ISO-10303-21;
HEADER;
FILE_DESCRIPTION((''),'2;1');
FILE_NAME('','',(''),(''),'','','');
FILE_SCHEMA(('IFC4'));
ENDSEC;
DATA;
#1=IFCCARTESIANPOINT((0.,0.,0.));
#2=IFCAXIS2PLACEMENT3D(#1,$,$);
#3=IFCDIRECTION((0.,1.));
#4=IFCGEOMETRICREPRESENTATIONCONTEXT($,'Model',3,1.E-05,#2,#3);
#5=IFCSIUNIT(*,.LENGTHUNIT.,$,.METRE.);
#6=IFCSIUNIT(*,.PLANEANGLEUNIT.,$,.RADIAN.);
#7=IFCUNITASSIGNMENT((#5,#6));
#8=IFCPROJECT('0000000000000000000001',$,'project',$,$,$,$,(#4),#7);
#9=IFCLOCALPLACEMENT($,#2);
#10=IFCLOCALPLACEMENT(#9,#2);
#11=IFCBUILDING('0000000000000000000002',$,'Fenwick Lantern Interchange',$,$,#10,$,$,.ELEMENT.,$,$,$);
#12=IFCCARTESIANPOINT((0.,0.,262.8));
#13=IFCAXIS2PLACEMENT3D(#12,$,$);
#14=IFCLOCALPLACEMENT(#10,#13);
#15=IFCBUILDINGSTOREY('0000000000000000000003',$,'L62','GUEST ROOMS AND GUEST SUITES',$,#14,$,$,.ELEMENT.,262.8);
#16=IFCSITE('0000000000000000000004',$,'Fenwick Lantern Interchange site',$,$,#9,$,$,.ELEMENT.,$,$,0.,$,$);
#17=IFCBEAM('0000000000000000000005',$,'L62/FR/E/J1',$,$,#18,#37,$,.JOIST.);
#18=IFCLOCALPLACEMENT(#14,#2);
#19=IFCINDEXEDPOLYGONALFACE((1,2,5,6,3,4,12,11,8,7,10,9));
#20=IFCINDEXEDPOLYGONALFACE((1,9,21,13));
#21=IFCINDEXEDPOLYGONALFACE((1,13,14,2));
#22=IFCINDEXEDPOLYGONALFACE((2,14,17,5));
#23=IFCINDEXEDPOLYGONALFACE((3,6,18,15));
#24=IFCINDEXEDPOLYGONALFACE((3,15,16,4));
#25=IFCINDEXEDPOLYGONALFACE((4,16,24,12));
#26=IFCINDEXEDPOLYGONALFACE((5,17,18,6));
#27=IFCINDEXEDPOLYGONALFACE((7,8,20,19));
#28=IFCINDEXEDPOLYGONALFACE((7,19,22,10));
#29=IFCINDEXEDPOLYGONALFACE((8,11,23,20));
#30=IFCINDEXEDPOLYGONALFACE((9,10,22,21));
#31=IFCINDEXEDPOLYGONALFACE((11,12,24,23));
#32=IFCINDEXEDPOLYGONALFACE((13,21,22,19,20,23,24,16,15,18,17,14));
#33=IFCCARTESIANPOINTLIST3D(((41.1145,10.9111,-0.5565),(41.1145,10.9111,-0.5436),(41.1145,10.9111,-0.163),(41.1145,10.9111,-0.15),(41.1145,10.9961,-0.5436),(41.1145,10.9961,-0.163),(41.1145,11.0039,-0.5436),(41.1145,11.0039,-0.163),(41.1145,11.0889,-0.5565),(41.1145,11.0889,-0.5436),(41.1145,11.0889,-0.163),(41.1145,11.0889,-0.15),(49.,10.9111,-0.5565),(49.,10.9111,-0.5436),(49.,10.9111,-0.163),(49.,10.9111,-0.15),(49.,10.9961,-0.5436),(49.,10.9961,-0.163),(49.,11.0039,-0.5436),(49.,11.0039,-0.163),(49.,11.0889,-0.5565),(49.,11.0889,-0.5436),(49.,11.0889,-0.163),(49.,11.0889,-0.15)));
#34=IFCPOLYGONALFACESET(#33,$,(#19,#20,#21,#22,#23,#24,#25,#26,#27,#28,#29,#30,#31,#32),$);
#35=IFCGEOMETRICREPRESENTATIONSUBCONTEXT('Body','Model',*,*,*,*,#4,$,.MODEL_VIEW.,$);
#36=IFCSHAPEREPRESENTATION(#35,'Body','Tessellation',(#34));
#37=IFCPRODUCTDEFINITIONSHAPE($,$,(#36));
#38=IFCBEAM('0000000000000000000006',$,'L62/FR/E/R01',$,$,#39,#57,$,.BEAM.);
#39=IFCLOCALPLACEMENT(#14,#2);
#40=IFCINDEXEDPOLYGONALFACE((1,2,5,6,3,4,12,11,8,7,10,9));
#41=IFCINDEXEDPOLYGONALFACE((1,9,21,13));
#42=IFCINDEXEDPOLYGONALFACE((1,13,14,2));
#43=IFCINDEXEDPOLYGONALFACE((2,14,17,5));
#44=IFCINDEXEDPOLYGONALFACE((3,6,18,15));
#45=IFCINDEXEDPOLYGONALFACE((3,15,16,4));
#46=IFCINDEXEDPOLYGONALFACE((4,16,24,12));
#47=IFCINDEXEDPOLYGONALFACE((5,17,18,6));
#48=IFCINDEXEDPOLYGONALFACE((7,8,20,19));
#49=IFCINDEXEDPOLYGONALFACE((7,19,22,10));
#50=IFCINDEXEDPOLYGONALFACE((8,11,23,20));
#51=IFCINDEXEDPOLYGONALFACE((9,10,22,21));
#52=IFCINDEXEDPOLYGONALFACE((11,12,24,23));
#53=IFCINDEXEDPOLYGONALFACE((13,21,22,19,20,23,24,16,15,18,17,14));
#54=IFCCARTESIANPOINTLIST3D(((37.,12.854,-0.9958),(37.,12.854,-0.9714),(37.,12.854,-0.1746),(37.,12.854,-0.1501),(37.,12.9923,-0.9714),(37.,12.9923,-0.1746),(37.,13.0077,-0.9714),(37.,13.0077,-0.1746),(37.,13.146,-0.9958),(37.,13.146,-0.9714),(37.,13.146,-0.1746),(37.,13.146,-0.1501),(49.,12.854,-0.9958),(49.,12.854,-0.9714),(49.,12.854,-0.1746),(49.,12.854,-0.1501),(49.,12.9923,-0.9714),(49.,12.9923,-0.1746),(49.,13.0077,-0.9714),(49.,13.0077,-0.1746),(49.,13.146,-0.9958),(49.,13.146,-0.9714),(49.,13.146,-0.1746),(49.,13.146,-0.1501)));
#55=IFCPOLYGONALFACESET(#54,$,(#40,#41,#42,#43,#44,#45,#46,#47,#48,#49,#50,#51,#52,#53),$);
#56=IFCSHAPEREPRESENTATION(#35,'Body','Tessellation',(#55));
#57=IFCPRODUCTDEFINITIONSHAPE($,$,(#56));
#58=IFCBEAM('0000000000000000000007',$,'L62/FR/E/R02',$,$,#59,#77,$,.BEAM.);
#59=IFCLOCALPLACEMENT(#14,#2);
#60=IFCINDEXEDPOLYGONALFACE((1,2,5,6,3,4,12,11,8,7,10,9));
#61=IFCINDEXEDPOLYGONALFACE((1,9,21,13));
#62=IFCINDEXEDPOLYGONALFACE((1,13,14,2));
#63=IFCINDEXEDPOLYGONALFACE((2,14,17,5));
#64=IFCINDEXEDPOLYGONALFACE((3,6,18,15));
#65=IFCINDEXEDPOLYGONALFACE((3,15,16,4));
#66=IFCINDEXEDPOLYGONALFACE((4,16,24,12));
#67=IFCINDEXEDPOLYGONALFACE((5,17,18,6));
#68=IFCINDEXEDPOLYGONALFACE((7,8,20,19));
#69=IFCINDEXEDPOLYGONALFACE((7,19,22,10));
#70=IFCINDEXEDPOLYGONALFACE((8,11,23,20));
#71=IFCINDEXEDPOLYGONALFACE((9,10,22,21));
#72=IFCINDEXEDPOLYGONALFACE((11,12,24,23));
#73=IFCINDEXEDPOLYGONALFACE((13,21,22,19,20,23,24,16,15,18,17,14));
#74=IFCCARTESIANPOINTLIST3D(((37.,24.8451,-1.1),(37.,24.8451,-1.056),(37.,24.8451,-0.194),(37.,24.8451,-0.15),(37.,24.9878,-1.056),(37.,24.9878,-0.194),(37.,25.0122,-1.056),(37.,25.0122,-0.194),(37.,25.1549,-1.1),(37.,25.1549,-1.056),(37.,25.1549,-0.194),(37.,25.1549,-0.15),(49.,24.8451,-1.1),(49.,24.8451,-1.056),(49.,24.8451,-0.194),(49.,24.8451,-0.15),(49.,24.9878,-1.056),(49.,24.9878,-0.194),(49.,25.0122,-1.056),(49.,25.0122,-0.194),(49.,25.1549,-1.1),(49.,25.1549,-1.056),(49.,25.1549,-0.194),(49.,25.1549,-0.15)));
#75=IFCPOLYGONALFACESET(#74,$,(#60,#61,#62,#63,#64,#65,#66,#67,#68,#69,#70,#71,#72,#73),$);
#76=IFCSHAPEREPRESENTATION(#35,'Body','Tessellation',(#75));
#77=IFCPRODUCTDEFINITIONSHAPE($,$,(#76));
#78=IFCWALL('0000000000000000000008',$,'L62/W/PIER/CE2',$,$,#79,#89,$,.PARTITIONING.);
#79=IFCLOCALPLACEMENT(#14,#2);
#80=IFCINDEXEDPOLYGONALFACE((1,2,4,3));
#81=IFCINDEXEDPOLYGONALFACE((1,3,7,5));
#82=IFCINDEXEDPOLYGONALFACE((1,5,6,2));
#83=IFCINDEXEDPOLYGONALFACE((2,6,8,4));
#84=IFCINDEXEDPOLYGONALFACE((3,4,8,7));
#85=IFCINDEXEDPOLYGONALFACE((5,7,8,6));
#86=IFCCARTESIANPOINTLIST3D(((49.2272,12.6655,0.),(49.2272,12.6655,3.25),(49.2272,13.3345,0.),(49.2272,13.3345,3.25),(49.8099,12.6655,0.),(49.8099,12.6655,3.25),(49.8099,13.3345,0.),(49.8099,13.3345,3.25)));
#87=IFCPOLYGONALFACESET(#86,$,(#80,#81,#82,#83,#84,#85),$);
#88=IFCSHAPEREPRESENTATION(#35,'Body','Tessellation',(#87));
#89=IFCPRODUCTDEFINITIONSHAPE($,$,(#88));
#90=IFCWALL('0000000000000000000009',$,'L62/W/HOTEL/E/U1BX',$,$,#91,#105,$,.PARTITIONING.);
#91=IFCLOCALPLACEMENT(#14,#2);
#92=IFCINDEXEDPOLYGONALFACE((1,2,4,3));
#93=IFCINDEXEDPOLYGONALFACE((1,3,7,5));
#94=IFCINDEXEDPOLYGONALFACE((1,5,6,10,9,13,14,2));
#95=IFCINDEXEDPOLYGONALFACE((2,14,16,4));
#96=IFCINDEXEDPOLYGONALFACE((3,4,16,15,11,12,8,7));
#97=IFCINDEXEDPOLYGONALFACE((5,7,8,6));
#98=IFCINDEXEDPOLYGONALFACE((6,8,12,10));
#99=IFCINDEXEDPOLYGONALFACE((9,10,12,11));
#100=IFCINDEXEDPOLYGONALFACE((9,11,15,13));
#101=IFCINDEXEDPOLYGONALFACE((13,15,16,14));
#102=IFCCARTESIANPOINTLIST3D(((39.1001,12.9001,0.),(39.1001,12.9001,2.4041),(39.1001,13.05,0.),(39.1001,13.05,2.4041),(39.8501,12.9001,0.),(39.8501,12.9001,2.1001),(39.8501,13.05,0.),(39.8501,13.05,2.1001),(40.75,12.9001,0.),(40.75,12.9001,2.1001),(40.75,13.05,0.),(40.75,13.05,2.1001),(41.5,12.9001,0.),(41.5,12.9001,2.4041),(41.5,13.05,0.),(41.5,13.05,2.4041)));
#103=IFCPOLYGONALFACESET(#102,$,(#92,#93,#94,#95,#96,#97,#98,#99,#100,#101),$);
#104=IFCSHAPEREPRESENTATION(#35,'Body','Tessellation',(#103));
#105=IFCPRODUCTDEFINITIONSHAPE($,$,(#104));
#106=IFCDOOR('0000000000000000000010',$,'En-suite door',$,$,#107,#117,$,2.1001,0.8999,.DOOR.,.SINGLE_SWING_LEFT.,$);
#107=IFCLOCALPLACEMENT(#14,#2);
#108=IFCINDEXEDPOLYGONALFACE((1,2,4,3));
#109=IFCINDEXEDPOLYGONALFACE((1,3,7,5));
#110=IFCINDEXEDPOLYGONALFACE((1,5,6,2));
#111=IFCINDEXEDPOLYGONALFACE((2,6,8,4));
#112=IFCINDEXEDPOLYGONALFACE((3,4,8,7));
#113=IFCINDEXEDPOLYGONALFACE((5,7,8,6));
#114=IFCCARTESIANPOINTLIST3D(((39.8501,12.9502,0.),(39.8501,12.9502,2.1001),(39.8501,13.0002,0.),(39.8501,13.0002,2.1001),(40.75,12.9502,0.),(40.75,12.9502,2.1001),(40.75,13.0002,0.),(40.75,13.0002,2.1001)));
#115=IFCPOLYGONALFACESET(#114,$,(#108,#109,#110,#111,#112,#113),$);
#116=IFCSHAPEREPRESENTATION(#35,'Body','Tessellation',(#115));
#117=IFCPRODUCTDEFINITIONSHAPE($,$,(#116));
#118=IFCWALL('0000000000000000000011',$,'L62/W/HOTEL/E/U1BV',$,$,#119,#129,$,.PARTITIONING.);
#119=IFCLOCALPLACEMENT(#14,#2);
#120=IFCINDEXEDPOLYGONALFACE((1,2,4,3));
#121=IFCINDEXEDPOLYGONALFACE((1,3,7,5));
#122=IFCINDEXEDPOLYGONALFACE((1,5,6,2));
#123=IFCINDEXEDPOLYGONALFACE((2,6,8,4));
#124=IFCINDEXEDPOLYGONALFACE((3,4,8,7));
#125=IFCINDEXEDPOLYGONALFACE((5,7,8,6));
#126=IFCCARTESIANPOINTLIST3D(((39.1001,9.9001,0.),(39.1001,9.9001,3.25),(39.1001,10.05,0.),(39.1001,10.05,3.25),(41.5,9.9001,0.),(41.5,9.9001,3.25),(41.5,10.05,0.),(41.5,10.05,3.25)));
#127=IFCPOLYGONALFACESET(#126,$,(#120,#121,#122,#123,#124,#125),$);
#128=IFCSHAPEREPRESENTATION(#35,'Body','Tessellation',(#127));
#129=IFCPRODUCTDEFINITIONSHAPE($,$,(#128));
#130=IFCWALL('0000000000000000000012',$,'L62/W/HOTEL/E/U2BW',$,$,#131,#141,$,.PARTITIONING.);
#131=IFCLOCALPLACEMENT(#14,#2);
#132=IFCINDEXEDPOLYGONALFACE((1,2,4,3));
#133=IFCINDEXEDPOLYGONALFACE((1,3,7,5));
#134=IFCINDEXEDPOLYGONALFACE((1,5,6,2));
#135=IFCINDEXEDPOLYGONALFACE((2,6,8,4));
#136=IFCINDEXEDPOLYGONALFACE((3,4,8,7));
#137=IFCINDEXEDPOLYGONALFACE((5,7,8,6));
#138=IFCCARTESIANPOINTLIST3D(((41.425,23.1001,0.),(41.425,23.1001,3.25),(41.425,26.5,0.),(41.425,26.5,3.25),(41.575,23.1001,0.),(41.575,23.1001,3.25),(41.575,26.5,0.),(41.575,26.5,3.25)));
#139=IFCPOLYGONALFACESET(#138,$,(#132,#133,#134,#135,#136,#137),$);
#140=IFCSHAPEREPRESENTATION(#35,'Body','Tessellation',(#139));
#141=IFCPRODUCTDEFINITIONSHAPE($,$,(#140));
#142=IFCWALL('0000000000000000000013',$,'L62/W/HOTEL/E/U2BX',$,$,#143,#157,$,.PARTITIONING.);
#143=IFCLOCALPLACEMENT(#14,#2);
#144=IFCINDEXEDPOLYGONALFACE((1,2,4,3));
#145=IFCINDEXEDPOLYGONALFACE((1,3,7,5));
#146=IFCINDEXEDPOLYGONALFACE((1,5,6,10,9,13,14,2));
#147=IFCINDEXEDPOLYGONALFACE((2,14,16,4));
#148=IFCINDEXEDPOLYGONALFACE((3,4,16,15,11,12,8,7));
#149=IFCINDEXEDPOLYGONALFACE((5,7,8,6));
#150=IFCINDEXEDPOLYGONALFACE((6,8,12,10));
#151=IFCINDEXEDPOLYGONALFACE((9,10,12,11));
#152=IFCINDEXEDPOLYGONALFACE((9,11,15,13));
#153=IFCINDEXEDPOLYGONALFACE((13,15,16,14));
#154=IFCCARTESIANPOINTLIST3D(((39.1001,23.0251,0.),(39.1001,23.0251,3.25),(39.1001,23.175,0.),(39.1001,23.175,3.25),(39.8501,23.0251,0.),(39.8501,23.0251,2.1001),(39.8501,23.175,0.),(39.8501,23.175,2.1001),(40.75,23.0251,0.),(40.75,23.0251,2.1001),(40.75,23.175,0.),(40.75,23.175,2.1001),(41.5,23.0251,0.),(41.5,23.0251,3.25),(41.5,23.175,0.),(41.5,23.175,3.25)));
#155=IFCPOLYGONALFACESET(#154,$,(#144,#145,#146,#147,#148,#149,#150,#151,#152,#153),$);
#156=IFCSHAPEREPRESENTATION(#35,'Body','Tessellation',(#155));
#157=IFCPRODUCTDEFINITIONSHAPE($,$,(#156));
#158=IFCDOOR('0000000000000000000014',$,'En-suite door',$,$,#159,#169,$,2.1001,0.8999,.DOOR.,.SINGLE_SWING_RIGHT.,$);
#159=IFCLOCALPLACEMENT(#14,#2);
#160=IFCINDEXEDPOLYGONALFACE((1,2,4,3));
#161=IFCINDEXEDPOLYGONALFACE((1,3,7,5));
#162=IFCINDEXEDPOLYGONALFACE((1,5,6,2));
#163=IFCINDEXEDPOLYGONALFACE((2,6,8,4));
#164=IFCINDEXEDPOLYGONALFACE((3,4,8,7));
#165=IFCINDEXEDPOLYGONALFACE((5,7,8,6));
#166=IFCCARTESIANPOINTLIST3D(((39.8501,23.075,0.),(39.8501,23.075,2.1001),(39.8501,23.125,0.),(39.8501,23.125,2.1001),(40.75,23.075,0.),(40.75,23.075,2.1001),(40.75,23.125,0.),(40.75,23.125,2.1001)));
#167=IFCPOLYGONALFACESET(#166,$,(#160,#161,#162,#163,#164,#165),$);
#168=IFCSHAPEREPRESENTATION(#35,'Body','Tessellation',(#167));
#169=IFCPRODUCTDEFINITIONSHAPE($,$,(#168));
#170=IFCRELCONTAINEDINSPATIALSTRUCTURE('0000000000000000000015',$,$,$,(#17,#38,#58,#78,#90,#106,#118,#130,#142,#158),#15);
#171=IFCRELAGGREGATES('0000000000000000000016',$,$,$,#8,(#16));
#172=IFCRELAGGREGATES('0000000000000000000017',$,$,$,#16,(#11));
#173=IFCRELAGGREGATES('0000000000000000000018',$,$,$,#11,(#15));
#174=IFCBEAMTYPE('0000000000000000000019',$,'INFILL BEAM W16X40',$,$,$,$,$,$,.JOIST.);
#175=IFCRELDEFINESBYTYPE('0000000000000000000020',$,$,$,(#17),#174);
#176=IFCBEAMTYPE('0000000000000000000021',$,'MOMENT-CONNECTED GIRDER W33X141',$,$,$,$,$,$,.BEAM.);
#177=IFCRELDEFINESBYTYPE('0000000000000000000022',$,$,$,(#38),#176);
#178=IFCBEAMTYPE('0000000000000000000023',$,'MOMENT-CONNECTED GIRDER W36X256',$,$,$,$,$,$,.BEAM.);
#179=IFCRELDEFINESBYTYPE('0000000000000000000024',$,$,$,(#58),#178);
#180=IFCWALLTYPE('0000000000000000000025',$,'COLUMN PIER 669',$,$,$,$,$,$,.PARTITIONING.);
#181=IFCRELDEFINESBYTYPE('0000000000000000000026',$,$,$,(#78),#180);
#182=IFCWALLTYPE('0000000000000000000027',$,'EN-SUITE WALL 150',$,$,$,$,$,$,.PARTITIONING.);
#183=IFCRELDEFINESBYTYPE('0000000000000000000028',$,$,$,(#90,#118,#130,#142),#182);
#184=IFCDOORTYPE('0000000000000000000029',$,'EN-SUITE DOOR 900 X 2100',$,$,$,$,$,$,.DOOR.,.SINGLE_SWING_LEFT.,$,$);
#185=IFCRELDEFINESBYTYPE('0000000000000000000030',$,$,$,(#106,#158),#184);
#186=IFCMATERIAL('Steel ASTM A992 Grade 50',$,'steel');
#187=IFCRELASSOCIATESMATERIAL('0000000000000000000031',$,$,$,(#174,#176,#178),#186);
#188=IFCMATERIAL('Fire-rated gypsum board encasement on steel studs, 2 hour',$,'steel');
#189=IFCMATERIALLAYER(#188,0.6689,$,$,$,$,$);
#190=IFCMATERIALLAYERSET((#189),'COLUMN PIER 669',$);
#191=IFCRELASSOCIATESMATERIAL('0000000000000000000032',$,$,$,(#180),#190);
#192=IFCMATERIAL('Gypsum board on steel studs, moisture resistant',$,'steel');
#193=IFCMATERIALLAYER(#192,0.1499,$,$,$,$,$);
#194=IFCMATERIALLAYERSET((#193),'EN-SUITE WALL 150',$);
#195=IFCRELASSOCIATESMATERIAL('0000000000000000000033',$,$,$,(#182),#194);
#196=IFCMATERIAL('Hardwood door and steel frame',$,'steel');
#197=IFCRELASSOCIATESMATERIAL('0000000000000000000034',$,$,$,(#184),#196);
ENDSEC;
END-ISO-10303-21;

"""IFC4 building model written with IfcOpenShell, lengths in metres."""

from ifc_helpers import new_model, si_unit, direction, frame, frame_2d, origin, origin_2d, place, context, subcontext, project, spatial, rectangle, i_section, extrude, material, layer, layer_set, material_profile, profile_set, type_object, element, fill, save


model = new_model("IFC4")

# Units and contexts
model_context = context("Model", 3, precision=1e-05, world=origin(), true_north=direction((0.0, 1.0)))
body_context = subcontext(model_context, "Body", "Model", "MODEL_VIEW")
ifc_project = project(units=[si_unit("LENGTHUNIT", "METRE"), si_unit("PLANEANGLEUNIT", "RADIAN")], contexts=[model_context])

# Site, building, storey
site_placement = place(None, origin())
site = spatial("IfcSite", under=ifc_project, at=site_placement, Name="Fenwick Lantern Interchange site", CompositionType="ELEMENT", RefElevation=0.0)
building_placement = place(site_placement, origin())
building = spatial("IfcBuilding", under=site, at=building_placement, Name="Fenwick Lantern Interchange", CompositionType="ELEMENT")
storey_placement = place(building_placement, frame((0.0, 0.0, 262.8)))
storey = spatial("IfcBuildingStorey", under=building, at=storey_placement, Name="L62", Description="GUEST ROOMS AND GUEST SUITES", CompositionType="ELEMENT", Elevation=262.8)

# Shared definitions
ifc_material_1 = material(Name="Steel ASTM A992 Grade 50", Category="steel")

# Beams
ifc_material_profile_1 = material_profile(ifc_material_1, i_section(OverallWidth=0.1777, OverallDepth=0.4065, WebThickness=0.0078, FlangeThickness=0.0129, at=origin_2d()), Name="W16X40")
ifc_profile_set_1 = profile_set([ifc_material_profile_1], Name="Steel ASTM A992 Grade 50")
beam_type_1 = type_object("IfcBeamType", Name="INFILL BEAM W16X40", PredefinedType="JOIST", material=ifc_profile_set_1)
beam_1_placement = place(storey_placement, frame((49.0, 11.0, -0.3533), z_axis=(-1.0, 0.0, 0.0), x_axis=(0.0, -1.0, 0.0)))
element("IfcBeam", 1, at=beam_1_placement, inside=storey, type_object=beam_type_1, Name="L62/FR/E/J1", PredefinedType="JOIST", context=body_context, shape_type="SweptSolid", body=[
    extrude(i_section(OverallWidth=0.1777, OverallDepth=0.4065, WebThickness=0.0078, FlangeThickness=0.0129, at=origin_2d()), origin(), (0.0, 0.0, 1.0), 7.8855),
])
ifc_material_profile_2 = material_profile(ifc_material_1, i_section(OverallWidth=0.292, OverallDepth=0.8457, WebThickness=0.0154, FlangeThickness=0.0244, at=origin_2d()), Name="W33X141")
ifc_profile_set_2 = profile_set([ifc_material_profile_2], Name="Steel ASTM A992 Grade 50")
beam_type_2 = type_object("IfcBeamType", Name="MOMENT-CONNECTED GIRDER W33X141", PredefinedType="BEAM", material=ifc_profile_set_2)
beam_2_placement = place(storey_placement, frame((49.0, 13.0, -0.573), z_axis=(-1.0, 0.0, 0.0), x_axis=(0.0, -1.0, 0.0)))
element("IfcBeam", 2, at=beam_2_placement, inside=storey, type_object=beam_type_2, Name="L62/FR/E/R01", PredefinedType="BEAM", context=body_context, shape_type="SweptSolid", body=[
    extrude(i_section(OverallWidth=0.292, OverallDepth=0.8457, WebThickness=0.0154, FlangeThickness=0.0244, at=origin_2d()), origin(), (0.0, 0.0, 1.0), 12.0),
])
ifc_material_profile_3 = material_profile(ifc_material_1, i_section(OverallWidth=0.3098, OverallDepth=0.95, WebThickness=0.0244, FlangeThickness=0.0439, at=origin_2d()), Name="W36X256")
ifc_profile_set_3 = profile_set([ifc_material_profile_3], Name="Steel ASTM A992 Grade 50")
beam_type_3 = type_object("IfcBeamType", Name="MOMENT-CONNECTED GIRDER W36X256", PredefinedType="BEAM", material=ifc_profile_set_3)
beam_3_placement = place(storey_placement, frame((49.0, 25.0, -0.625), z_axis=(-1.0, 0.0, 0.0), x_axis=(0.0, -1.0, 0.0)))
element("IfcBeam", 3, at=beam_3_placement, inside=storey, type_object=beam_type_3, Name="L62/FR/E/R02", PredefinedType="BEAM", context=body_context, shape_type="SweptSolid", body=[
    extrude(i_section(OverallWidth=0.3098, OverallDepth=0.95, WebThickness=0.0244, FlangeThickness=0.0439, at=origin_2d()), origin(), (0.0, 0.0, 1.0), 12.0),
])

# Wall
ifc_material_2 = material(Name="Fire-rated gypsum board encasement on steel studs, 2 hour", Category="steel")
ifc_layer_1 = layer(ifc_material_2, 0.6689)
ifc_layer_set_1 = layer_set([ifc_layer_1], Name="COLUMN PIER 669")
wall_type_1 = type_object("IfcWallType", Name="COLUMN PIER 669", PredefinedType="PARTITIONING", material=ifc_layer_set_1)
wall_1_placement = place(storey_placement, frame((49.8101, 13.0, 0.0), z_axis=(0.0, 0.0, 1.0), x_axis=(-1.0, 0.0, 0.0)))
element("IfcWall", 4, at=wall_1_placement, inside=storey, type_object=wall_type_1, Name="L62/W/PIER/CE2", PredefinedType="PARTITIONING", context=body_context, shape_type="SweptSolid", body=[
    extrude(rectangle(XDim=0.5828, YDim=0.6689, at=frame_2d((0.2915, 0.0))), origin(), (0.0, 0.0, 1.0), 3.25),
])

# Wall, opening, door
ifc_material_3 = material(Name="Gypsum board on steel studs, moisture resistant", Category="steel")
ifc_layer_2 = layer(ifc_material_3, 0.1499)
ifc_layer_set_2 = layer_set([ifc_layer_2], Name="EN-SUITE WALL 150")
wall_type_2 = type_object("IfcWallType", Name="EN-SUITE WALL 150", PredefinedType="PARTITIONING", material=ifc_layer_set_2)
wall_2_placement = place(storey_placement, frame((41.5, 12.9751, 0.0), z_axis=(0.0, 0.0, 1.0), x_axis=(-1.0, 0.0, 0.0)))
wall_2 = element("IfcWall", 5, at=wall_2_placement, inside=storey, type_object=wall_type_2, Name="L62/W/HOTEL/E/U1BX", PredefinedType="PARTITIONING", context=body_context, shape_type="SweptSolid", body=[
    extrude(rectangle(XDim=2.3999, YDim=0.1499, at=frame_2d((1.2, 0.0))), origin(), (0.0, 0.0, 1.0), 2.4041),
])
opening_1_placement = place(wall_2_placement, frame((0.75, 0.0, 0.0)))
opening_1 = element("IfcOpeningElement", 6, at=opening_1_placement, cuts=wall_2, PredefinedType="OPENING", context=body_context, shape_type="SweptSolid", body=[
    extrude(rectangle(XDim=0.8999, YDim=2.1001, at=frame_2d((0.45, 1.05))), frame((0.0, 0.085, 0.0), z_axis=(0.0, -1.0, 0.0), x_axis=(1.0, 0.0, 0.0)), (0.0, 0.0, 1.0), 0.1699),
])
ifc_material_4 = material(Name="Hardwood door and steel frame", Category="steel")
door_type = type_object("IfcDoorType", Name="EN-SUITE DOOR 900 X 2100", OperationType="SINGLE_SWING_LEFT", PredefinedType="DOOR", material=ifc_material_4)
door_1_placement = place(opening_1_placement, origin())
door_1 = element("IfcDoor", 7, at=door_1_placement, inside=storey, type_object=door_type, Name="En-suite door", OperationType="SINGLE_SWING_LEFT", OverallHeight=2.1001, OverallWidth=0.8999, PredefinedType="DOOR", context=body_context, shape_type="SweptSolid", body=[
    extrude(rectangle(XDim=0.8999, YDim=2.1001, at=frame_2d((0.45, 1.05))), frame((0.0, 0.0249, 0.0), z_axis=(0.0, -1.0, 0.0), x_axis=(1.0, 0.0, 0.0)), (0.0, 0.0, 1.0), 0.05),
])
fill(opening_1, door_1)

# Walls
wall_3_placement = place(storey_placement, frame((41.5, 9.9751, 0.0), z_axis=(0.0, 0.0, 1.0), x_axis=(-1.0, 0.0, 0.0)))
element("IfcWall", 8, at=wall_3_placement, inside=storey, type_object=wall_type_2, Name="L62/W/HOTEL/E/U1BV", PredefinedType="PARTITIONING", context=body_context, shape_type="SweptSolid", body=[
    extrude(rectangle(XDim=2.3999, YDim=0.1499, at=frame_2d((1.2, 0.0))), origin(), (0.0, 0.0, 1.0), 3.25),
])
wall_4_placement = place(storey_placement, frame((41.5, 23.1001, 0.0), z_axis=(0.0, 0.0, 1.0), x_axis=(0.0, 1.0, 0.0)))
element("IfcWall", 9, at=wall_4_placement, inside=storey, type_object=wall_type_2, Name="L62/W/HOTEL/E/U2BW", PredefinedType="PARTITIONING", context=body_context, shape_type="SweptSolid", body=[
    extrude(rectangle(XDim=3.3999, YDim=0.1499, at=frame_2d((1.7, 0.0))), origin(), (0.0, 0.0, 1.0), 3.25),
])

# Wall, opening, door
wall_5_placement = place(storey_placement, frame((41.5, 23.1001, 0.0), z_axis=(0.0, 0.0, 1.0), x_axis=(-1.0, 0.0, 0.0)))
wall_5 = element("IfcWall", 10, at=wall_5_placement, inside=storey, type_object=wall_type_2, Name="L62/W/HOTEL/E/U2BX", PredefinedType="PARTITIONING", context=body_context, shape_type="SweptSolid", body=[
    extrude(rectangle(XDim=2.3999, YDim=0.1499, at=frame_2d((1.2, 0.0))), origin(), (0.0, 0.0, 1.0), 3.25),
])
opening_2_placement = place(wall_5_placement, frame((0.75, 0.0, 0.0)))
opening_2 = element("IfcOpeningElement", 11, at=opening_2_placement, cuts=wall_5, PredefinedType="OPENING", context=body_context, shape_type="SweptSolid", body=[
    extrude(rectangle(XDim=0.8999, YDim=2.1001, at=frame_2d((0.45, 1.05))), frame((0.0, 0.085, 0.0), z_axis=(0.0, -1.0, 0.0), x_axis=(1.0, 0.0, 0.0)), (0.0, 0.0, 1.0), 0.1699),
])
door_2_placement = place(opening_2_placement, frame((0.8999, 0.0, 0.0), z_axis=(0.0, 0.0, 1.0), x_axis=(-1.0, 0.0, 0.0)))
door_2 = element("IfcDoor", 12, at=door_2_placement, inside=storey, type_object=door_type, Name="En-suite door", OperationType="SINGLE_SWING_RIGHT", OverallHeight=2.1001, OverallWidth=0.8999, PredefinedType="DOOR", context=body_context, shape_type="SweptSolid", body=[
    extrude(rectangle(XDim=0.8999, YDim=2.1001, at=frame_2d((0.45, 1.05))), frame((0.0, 0.0249, 0.0), z_axis=(0.0, -1.0, 0.0), x_axis=(1.0, 0.0, 0.0)), (0.0, 0.0, 1.0), 0.05),
])
fill(opening_2, door_2)

save(model, "model.ifc")
